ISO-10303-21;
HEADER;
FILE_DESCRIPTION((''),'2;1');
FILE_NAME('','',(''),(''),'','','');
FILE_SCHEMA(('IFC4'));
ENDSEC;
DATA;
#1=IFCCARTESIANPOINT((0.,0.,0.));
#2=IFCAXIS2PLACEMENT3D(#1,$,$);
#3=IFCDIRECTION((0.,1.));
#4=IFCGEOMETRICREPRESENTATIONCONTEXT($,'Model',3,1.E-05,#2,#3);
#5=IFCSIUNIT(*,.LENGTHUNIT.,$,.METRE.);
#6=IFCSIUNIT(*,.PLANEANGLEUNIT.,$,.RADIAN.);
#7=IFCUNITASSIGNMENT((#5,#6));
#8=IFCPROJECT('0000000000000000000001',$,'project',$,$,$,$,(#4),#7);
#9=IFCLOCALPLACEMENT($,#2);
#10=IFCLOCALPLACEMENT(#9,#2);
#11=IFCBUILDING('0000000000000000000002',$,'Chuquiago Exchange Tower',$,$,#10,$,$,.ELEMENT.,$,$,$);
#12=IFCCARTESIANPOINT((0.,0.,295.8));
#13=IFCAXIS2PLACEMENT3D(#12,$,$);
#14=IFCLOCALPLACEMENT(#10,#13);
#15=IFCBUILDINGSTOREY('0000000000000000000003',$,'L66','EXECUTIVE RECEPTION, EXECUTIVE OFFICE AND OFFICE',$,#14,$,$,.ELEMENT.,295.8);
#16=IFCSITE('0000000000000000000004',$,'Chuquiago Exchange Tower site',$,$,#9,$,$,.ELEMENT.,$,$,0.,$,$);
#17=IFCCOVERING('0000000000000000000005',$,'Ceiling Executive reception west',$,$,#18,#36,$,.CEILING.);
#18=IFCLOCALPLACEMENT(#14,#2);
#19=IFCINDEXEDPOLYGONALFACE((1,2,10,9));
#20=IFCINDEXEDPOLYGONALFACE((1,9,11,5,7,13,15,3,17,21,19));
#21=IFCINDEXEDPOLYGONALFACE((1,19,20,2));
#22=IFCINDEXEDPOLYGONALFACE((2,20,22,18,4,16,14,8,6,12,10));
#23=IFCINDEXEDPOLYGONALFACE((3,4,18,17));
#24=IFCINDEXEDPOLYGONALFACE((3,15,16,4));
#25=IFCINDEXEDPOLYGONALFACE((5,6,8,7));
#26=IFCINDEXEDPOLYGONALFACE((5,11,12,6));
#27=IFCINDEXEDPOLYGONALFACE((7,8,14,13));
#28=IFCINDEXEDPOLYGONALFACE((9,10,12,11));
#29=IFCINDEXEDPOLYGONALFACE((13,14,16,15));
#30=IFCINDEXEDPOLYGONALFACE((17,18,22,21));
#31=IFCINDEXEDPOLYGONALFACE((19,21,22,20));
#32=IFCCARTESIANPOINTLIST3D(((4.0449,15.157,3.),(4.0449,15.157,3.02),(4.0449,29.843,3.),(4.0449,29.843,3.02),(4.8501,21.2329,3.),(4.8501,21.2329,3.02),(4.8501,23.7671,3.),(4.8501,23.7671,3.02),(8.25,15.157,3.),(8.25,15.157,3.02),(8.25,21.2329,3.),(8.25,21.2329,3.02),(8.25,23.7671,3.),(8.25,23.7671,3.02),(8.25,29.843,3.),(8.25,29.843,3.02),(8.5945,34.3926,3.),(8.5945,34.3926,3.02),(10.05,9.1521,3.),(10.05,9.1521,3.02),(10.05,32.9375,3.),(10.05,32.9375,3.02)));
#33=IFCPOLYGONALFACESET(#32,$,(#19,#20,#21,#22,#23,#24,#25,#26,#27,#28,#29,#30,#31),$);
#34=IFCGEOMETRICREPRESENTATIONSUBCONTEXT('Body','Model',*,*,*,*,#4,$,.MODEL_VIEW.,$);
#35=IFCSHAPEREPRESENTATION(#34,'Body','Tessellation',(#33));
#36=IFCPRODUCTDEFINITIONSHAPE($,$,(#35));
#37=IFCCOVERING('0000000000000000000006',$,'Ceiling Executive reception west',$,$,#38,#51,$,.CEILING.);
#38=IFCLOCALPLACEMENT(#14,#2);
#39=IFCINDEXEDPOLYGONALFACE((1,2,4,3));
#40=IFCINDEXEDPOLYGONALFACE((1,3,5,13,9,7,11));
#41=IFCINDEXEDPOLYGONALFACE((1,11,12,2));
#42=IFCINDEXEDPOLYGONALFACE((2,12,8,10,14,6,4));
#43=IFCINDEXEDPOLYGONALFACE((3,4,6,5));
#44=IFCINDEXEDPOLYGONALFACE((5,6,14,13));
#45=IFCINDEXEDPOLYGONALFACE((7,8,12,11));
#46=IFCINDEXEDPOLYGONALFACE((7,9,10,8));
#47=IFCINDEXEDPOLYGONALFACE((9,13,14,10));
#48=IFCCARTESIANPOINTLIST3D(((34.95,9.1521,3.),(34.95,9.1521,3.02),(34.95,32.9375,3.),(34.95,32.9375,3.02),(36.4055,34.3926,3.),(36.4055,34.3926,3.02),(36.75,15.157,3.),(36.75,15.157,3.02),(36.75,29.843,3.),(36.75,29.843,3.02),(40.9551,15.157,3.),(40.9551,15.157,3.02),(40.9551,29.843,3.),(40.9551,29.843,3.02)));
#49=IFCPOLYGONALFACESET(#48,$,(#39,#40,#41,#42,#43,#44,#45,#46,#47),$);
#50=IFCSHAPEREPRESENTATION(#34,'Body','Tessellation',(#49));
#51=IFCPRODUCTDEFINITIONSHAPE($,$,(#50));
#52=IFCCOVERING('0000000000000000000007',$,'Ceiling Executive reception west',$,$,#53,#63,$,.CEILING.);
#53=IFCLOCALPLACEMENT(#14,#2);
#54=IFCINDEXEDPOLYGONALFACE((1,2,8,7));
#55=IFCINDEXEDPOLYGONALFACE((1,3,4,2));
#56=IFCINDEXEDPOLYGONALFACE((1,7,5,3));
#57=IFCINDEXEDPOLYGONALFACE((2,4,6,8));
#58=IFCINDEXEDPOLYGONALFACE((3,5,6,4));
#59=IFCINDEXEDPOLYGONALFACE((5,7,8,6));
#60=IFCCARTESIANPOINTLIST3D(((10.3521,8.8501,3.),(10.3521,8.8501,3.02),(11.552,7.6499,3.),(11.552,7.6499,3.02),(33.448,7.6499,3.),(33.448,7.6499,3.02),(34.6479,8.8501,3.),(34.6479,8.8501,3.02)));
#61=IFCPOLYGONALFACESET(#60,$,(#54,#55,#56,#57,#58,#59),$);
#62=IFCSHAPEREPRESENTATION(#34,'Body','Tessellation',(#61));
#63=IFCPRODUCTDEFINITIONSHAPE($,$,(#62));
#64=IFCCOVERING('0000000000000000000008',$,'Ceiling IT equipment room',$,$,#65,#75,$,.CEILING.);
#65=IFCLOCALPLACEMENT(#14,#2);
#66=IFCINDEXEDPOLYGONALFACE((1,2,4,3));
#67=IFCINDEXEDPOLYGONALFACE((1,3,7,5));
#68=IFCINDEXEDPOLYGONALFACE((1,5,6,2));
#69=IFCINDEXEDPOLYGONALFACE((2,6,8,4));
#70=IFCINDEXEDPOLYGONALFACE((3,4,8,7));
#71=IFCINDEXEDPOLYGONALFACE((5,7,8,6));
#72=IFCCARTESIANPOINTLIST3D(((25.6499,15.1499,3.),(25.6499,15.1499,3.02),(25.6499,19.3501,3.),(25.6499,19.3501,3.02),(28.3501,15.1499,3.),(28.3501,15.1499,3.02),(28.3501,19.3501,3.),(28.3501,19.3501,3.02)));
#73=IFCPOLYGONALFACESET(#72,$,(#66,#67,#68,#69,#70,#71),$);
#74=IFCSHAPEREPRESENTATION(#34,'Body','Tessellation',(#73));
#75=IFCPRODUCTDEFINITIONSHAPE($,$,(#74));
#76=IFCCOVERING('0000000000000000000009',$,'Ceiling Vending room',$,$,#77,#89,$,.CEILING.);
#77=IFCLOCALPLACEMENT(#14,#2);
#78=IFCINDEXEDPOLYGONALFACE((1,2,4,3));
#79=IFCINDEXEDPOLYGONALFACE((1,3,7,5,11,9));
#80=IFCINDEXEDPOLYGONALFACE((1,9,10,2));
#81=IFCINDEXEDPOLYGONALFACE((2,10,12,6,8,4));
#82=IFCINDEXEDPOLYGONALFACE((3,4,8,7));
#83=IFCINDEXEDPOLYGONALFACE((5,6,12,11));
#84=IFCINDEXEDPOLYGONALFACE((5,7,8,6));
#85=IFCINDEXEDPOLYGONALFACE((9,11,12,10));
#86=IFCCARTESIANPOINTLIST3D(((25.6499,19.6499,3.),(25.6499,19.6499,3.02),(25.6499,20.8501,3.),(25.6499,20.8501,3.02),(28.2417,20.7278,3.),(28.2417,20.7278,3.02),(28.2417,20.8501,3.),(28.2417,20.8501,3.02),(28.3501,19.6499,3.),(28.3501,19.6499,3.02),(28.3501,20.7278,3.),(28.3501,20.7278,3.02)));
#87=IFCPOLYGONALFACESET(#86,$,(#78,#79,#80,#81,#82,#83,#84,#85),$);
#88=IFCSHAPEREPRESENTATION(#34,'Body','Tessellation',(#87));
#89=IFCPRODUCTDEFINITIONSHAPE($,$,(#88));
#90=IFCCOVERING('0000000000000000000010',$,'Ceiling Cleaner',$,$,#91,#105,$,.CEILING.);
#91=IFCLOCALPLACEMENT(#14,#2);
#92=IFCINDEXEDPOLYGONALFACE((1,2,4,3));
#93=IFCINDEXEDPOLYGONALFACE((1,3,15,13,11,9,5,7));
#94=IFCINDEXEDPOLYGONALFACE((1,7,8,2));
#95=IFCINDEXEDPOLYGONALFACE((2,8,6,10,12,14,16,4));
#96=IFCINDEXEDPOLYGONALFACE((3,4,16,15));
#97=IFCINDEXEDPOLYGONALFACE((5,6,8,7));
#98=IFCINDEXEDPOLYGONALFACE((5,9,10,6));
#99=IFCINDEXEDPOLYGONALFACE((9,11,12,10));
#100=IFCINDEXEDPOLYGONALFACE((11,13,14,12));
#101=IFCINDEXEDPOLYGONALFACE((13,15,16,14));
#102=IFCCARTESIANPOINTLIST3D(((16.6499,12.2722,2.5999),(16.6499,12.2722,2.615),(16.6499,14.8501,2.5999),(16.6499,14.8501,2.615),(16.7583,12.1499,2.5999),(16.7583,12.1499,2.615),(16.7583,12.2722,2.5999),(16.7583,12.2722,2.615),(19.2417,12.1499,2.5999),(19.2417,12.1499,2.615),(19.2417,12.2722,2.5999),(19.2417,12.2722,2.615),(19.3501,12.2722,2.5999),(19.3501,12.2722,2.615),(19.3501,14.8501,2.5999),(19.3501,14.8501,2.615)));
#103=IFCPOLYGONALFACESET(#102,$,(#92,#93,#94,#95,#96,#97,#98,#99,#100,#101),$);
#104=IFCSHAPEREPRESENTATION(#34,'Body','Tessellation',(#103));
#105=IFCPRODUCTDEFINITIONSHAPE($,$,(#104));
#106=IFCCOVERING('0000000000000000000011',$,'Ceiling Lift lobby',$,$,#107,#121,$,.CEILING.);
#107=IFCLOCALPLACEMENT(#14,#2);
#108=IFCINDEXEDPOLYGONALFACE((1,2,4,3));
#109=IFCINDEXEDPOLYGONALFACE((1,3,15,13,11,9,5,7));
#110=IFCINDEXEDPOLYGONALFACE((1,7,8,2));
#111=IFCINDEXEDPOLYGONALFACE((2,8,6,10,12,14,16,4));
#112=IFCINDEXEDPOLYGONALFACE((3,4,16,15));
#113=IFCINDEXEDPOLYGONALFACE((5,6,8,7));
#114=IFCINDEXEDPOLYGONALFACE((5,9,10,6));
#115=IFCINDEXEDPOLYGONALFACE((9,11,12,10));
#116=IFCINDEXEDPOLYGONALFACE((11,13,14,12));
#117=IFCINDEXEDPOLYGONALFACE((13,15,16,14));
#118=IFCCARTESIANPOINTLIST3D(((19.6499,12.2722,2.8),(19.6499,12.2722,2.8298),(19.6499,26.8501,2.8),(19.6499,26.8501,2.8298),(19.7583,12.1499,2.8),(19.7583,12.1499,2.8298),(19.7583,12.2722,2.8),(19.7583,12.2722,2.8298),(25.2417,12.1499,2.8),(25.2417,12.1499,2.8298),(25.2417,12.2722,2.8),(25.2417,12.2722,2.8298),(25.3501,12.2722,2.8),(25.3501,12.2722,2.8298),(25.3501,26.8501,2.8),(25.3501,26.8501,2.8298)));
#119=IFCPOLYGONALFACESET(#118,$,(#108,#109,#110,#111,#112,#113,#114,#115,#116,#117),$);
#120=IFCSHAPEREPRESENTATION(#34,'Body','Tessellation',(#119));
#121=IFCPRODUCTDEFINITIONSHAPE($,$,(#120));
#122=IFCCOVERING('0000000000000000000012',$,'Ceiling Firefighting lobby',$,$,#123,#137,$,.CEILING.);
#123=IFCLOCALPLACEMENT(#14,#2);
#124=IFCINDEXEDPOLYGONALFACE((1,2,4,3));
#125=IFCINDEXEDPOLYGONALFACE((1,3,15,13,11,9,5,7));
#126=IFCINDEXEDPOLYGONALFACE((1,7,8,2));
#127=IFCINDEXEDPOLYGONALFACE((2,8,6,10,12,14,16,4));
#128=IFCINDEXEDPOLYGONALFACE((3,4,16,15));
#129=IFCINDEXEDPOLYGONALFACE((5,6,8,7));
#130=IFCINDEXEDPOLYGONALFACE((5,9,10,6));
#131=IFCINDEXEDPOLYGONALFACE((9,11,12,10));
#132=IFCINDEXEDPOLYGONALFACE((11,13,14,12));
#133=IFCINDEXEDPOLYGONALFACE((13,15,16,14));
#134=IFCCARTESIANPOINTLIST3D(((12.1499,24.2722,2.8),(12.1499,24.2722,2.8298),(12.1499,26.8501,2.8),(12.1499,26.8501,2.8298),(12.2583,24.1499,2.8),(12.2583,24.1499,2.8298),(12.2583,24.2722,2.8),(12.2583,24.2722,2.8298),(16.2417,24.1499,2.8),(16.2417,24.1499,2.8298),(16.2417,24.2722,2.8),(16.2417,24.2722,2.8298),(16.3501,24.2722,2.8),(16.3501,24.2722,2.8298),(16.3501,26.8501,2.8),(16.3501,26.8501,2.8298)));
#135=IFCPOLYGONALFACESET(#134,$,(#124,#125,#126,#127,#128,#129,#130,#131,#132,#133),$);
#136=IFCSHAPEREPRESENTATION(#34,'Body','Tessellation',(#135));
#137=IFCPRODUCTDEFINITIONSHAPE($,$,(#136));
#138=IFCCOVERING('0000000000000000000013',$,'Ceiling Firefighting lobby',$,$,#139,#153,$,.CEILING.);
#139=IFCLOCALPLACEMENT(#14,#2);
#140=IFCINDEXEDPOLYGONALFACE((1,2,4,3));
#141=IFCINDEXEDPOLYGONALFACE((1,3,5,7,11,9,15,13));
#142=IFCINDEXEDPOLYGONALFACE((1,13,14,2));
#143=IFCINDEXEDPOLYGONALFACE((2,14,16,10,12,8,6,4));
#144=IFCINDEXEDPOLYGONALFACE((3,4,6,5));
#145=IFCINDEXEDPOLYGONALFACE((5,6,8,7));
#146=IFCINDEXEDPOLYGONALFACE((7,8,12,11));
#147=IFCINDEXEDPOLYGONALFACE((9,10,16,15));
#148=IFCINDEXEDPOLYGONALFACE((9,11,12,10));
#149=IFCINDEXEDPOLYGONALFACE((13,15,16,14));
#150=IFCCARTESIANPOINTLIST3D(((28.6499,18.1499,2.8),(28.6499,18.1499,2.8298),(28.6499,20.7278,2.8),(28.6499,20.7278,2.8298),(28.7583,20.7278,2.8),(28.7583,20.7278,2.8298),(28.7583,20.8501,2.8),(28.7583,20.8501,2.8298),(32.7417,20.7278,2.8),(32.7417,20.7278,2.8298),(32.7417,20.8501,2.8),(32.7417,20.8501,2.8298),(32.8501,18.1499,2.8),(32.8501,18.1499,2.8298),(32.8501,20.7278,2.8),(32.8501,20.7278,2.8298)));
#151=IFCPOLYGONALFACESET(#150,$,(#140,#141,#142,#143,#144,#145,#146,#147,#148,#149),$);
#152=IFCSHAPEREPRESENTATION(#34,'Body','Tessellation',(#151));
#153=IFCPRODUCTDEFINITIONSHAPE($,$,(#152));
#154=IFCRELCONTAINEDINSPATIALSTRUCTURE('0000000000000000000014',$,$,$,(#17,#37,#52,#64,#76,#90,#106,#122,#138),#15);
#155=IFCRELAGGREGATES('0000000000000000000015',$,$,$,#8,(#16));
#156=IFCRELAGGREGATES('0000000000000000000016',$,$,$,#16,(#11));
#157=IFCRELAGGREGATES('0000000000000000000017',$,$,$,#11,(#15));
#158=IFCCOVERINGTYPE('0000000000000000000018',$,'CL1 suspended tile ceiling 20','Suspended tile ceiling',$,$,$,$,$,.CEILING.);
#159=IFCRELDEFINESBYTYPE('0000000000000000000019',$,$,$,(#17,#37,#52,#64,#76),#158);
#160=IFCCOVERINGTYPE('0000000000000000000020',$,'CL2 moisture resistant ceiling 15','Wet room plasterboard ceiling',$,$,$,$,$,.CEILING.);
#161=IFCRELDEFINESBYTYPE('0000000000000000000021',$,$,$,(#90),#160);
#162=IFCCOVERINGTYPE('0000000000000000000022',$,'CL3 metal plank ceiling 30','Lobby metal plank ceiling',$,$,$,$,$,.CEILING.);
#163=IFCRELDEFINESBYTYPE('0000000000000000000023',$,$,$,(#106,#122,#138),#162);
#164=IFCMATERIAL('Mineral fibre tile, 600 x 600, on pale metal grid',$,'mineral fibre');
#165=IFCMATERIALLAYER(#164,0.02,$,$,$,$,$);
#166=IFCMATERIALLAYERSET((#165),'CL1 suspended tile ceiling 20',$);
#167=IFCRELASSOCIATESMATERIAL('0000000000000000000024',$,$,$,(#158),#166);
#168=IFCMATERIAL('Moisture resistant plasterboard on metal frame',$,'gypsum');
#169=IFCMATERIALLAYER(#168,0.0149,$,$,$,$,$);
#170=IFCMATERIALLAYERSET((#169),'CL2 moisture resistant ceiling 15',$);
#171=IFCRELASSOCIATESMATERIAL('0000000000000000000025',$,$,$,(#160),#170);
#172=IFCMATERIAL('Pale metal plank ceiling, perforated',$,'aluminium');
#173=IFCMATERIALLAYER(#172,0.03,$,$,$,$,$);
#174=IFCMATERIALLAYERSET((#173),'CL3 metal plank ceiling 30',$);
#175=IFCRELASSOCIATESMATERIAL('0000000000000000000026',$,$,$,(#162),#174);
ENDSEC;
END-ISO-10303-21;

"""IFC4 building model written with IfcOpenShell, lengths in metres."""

from ifc_helpers import new_model, si_unit, direction, frame, origin, place, context, subcontext, project, spatial, polyline, outline, extrude, material, layer, layer_set, type_object, element, save


model = new_model("IFC4")

# Units and contexts
model_context = context("Model", 3, precision=1e-05, world=origin(), true_north=direction((0.0, 1.0)))
body_context = subcontext(model_context, "Body", "Model", "MODEL_VIEW")
ifc_project = project(units=[si_unit("LENGTHUNIT", "METRE"), si_unit("PLANEANGLEUNIT", "RADIAN")], contexts=[model_context])

# Site, building, storey
site_placement = place(None, origin())
site = spatial("IfcSite", under=ifc_project, at=site_placement, Name="Chuquiago Exchange Tower site", CompositionType="ELEMENT", RefElevation=0.0)
building_placement = place(site_placement, origin())
building = spatial("IfcBuilding", under=site, at=building_placement, Name="Chuquiago Exchange Tower", CompositionType="ELEMENT")
storey_placement = place(building_placement, frame((0.0, 0.0, 295.8)))
storey = spatial("IfcBuildingStorey", under=building, at=storey_placement, Name="L66", Description="EXECUTIVE RECEPTION, EXECUTIVE OFFICE AND OFFICE", CompositionType="ELEMENT", Elevation=295.8)

# Coverings
ifc_material_1 = material(Name="Mineral fibre tile, 600 x 600, on pale metal grid", Category="mineral fibre")
ifc_layer_1 = layer(ifc_material_1, 0.02)
ifc_layer_set_1 = layer_set([ifc_layer_1], Name="CL1 suspended tile ceiling 20")
covering_type_1 = type_object("IfcCoveringType", Name="CL1 suspended tile ceiling 20", Description="Suspended tile ceiling", PredefinedType="CEILING", material=ifc_layer_set_1)
covering_1_placement = place(storey_placement, frame((0.0, 0.0, 3.0)))
element("IfcCovering", 1, at=covering_1_placement, inside=storey, type_object=covering_type_1, Name="Ceiling Executive reception west", PredefinedType="CEILING", context=body_context, shape_type="SweptSolid", body=[
    extrude(outline(polyline([(8.5945, 34.3926), (10.05, 32.9375), (10.05, 9.1521), (4.0449, 15.157), (8.25, 15.157), (8.25, 21.2329), (4.8501, 21.2329), (4.8501, 23.7671), (8.25, 23.7671), (8.25, 29.843), (4.0449, 29.843), (8.5945, 34.3926)])), origin(), (0.0, 0.0, 1.0), 0.02),
])
covering_2_placement = place(storey_placement, frame((0.0, 0.0, 3.0)))
element("IfcCovering", 2, at=covering_2_placement, inside=storey, type_object=covering_type_1, Name="Ceiling Executive reception west", PredefinedType="CEILING", context=body_context, shape_type="SweptSolid", body=[
    extrude(outline(polyline([(34.95, 32.9375), (36.4055, 34.3926), (40.9551, 29.843), (36.75, 29.843), (36.75, 15.157), (40.9551, 15.157), (34.95, 9.1521), (34.95, 32.9375)])), origin(), (0.0, 0.0, 1.0), 0.02),
])
covering_3_placement = place(storey_placement, frame((0.0, 0.0, 3.0)))
element("IfcCovering", 3, at=covering_3_placement, inside=storey, type_object=covering_type_1, Name="Ceiling Executive reception west", PredefinedType="CEILING", context=body_context, shape_type="SweptSolid", body=[
    extrude(outline(polyline([(34.6479, 8.8501), (33.448, 7.6499), (11.552, 7.6499), (10.3521, 8.8501), (34.6479, 8.8501)])), origin(), (0.0, 0.0, 1.0), 0.02),
])
covering_4_placement = place(storey_placement, frame((0.0, 0.0, 3.0)))
element("IfcCovering", 4, at=covering_4_placement, inside=storey, type_object=covering_type_1, Name="Ceiling IT equipment room", PredefinedType="CEILING", context=body_context, shape_type="SweptSolid", body=[
    extrude(outline(polyline([(25.6499, 15.1499), (25.6499, 19.3501), (28.3501, 19.3501), (28.3501, 15.1499), (25.6499, 15.1499)])), origin(), (0.0, 0.0, 1.0), 0.02),
])
covering_5_placement = place(storey_placement, frame((0.0, 0.0, 3.0)))
element("IfcCovering", 5, at=covering_5_placement, inside=storey, type_object=covering_type_1, Name="Ceiling Vending room", PredefinedType="CEILING", context=body_context, shape_type="SweptSolid", body=[
    extrude(outline(polyline([(25.6499, 19.6499), (25.6499, 20.8501), (28.2417, 20.8501), (28.2417, 20.7278), (28.3501, 20.7278), (28.3501, 19.6499), (25.6499, 19.6499)])), origin(), (0.0, 0.0, 1.0), 0.02),
])
ifc_material_2 = material(Name="Moisture resistant plasterboard on metal frame", Category="gypsum")
ifc_layer_2 = layer(ifc_material_2, 0.0149)
ifc_layer_set_2 = layer_set([ifc_layer_2], Name="CL2 moisture resistant ceiling 15")
covering_type_2 = type_object("IfcCoveringType", Name="CL2 moisture resistant ceiling 15", Description="Wet room plasterboard ceiling", PredefinedType="CEILING", material=ifc_layer_set_2)
covering_6_placement = place(storey_placement, frame((0.0, 0.0, 2.5999)))
element("IfcCovering", 6, at=covering_6_placement, inside=storey, type_object=covering_type_2, Name="Ceiling Cleaner", PredefinedType="CEILING", context=body_context, shape_type="SweptSolid", body=[
    extrude(outline(polyline([(16.7583, 12.1499), (16.7583, 12.2722), (16.6499, 12.2722), (16.6499, 14.8501), (19.3501, 14.8501), (19.3501, 12.2722), (19.2417, 12.2722), (19.2417, 12.1499), (16.7583, 12.1499)])), origin(), (0.0, 0.0, 1.0), 0.0151),
])
ifc_material_3 = material(Name="Pale metal plank ceiling, perforated", Category="aluminium")
ifc_layer_3 = layer(ifc_material_3, 0.03)
ifc_layer_set_3 = layer_set([ifc_layer_3], Name="CL3 metal plank ceiling 30")
covering_type_3 = type_object("IfcCoveringType", Name="CL3 metal plank ceiling 30", Description="Lobby metal plank ceiling", PredefinedType="CEILING", material=ifc_layer_set_3)
covering_7_placement = place(storey_placement, frame((0.0, 0.0, 2.8)))
element("IfcCovering", 7, at=covering_7_placement, inside=storey, type_object=covering_type_3, Name="Ceiling Lift lobby", PredefinedType="CEILING", context=body_context, shape_type="SweptSolid", body=[
    extrude(outline(polyline([(19.7583, 12.1499), (19.7583, 12.2722), (19.6499, 12.2722), (19.6499, 26.8501), (25.3501, 26.8501), (25.3501, 12.2722), (25.2417, 12.2722), (25.2417, 12.1499), (19.7583, 12.1499)])), origin(), (0.0, 0.0, 1.0), 0.0298),
])
covering_8_placement = place(storey_placement, frame((0.0, 0.0, 2.8)))
element("IfcCovering", 8, at=covering_8_placement, inside=storey, type_object=covering_type_3, Name="Ceiling Firefighting lobby", PredefinedType="CEILING", context=body_context, shape_type="SweptSolid", body=[
    extrude(outline(polyline([(12.2583, 24.1499), (12.2583, 24.2722), (12.1499, 24.2722), (12.1499, 26.8501), (16.3501, 26.8501), (16.3501, 24.2722), (16.2417, 24.2722), (16.2417, 24.1499), (12.2583, 24.1499)])), origin(), (0.0, 0.0, 1.0), 0.0298),
])
covering_9_placement = place(storey_placement, frame((0.0, 0.0, 2.8)))
element("IfcCovering", 9, at=covering_9_placement, inside=storey, type_object=covering_type_3, Name="Ceiling Firefighting lobby", PredefinedType="CEILING", context=body_context, shape_type="SweptSolid", body=[
    extrude(outline(polyline([(28.6499, 18.1499), (28.6499, 20.7278), (28.7583, 20.7278), (28.7583, 20.8501), (32.7417, 20.8501), (32.7417, 20.7278), (32.8501, 20.7278), (32.8501, 18.1499), (28.6499, 18.1499)])), origin(), (0.0, 0.0, 1.0), 0.0298),
])

save(model, "model.ifc")
